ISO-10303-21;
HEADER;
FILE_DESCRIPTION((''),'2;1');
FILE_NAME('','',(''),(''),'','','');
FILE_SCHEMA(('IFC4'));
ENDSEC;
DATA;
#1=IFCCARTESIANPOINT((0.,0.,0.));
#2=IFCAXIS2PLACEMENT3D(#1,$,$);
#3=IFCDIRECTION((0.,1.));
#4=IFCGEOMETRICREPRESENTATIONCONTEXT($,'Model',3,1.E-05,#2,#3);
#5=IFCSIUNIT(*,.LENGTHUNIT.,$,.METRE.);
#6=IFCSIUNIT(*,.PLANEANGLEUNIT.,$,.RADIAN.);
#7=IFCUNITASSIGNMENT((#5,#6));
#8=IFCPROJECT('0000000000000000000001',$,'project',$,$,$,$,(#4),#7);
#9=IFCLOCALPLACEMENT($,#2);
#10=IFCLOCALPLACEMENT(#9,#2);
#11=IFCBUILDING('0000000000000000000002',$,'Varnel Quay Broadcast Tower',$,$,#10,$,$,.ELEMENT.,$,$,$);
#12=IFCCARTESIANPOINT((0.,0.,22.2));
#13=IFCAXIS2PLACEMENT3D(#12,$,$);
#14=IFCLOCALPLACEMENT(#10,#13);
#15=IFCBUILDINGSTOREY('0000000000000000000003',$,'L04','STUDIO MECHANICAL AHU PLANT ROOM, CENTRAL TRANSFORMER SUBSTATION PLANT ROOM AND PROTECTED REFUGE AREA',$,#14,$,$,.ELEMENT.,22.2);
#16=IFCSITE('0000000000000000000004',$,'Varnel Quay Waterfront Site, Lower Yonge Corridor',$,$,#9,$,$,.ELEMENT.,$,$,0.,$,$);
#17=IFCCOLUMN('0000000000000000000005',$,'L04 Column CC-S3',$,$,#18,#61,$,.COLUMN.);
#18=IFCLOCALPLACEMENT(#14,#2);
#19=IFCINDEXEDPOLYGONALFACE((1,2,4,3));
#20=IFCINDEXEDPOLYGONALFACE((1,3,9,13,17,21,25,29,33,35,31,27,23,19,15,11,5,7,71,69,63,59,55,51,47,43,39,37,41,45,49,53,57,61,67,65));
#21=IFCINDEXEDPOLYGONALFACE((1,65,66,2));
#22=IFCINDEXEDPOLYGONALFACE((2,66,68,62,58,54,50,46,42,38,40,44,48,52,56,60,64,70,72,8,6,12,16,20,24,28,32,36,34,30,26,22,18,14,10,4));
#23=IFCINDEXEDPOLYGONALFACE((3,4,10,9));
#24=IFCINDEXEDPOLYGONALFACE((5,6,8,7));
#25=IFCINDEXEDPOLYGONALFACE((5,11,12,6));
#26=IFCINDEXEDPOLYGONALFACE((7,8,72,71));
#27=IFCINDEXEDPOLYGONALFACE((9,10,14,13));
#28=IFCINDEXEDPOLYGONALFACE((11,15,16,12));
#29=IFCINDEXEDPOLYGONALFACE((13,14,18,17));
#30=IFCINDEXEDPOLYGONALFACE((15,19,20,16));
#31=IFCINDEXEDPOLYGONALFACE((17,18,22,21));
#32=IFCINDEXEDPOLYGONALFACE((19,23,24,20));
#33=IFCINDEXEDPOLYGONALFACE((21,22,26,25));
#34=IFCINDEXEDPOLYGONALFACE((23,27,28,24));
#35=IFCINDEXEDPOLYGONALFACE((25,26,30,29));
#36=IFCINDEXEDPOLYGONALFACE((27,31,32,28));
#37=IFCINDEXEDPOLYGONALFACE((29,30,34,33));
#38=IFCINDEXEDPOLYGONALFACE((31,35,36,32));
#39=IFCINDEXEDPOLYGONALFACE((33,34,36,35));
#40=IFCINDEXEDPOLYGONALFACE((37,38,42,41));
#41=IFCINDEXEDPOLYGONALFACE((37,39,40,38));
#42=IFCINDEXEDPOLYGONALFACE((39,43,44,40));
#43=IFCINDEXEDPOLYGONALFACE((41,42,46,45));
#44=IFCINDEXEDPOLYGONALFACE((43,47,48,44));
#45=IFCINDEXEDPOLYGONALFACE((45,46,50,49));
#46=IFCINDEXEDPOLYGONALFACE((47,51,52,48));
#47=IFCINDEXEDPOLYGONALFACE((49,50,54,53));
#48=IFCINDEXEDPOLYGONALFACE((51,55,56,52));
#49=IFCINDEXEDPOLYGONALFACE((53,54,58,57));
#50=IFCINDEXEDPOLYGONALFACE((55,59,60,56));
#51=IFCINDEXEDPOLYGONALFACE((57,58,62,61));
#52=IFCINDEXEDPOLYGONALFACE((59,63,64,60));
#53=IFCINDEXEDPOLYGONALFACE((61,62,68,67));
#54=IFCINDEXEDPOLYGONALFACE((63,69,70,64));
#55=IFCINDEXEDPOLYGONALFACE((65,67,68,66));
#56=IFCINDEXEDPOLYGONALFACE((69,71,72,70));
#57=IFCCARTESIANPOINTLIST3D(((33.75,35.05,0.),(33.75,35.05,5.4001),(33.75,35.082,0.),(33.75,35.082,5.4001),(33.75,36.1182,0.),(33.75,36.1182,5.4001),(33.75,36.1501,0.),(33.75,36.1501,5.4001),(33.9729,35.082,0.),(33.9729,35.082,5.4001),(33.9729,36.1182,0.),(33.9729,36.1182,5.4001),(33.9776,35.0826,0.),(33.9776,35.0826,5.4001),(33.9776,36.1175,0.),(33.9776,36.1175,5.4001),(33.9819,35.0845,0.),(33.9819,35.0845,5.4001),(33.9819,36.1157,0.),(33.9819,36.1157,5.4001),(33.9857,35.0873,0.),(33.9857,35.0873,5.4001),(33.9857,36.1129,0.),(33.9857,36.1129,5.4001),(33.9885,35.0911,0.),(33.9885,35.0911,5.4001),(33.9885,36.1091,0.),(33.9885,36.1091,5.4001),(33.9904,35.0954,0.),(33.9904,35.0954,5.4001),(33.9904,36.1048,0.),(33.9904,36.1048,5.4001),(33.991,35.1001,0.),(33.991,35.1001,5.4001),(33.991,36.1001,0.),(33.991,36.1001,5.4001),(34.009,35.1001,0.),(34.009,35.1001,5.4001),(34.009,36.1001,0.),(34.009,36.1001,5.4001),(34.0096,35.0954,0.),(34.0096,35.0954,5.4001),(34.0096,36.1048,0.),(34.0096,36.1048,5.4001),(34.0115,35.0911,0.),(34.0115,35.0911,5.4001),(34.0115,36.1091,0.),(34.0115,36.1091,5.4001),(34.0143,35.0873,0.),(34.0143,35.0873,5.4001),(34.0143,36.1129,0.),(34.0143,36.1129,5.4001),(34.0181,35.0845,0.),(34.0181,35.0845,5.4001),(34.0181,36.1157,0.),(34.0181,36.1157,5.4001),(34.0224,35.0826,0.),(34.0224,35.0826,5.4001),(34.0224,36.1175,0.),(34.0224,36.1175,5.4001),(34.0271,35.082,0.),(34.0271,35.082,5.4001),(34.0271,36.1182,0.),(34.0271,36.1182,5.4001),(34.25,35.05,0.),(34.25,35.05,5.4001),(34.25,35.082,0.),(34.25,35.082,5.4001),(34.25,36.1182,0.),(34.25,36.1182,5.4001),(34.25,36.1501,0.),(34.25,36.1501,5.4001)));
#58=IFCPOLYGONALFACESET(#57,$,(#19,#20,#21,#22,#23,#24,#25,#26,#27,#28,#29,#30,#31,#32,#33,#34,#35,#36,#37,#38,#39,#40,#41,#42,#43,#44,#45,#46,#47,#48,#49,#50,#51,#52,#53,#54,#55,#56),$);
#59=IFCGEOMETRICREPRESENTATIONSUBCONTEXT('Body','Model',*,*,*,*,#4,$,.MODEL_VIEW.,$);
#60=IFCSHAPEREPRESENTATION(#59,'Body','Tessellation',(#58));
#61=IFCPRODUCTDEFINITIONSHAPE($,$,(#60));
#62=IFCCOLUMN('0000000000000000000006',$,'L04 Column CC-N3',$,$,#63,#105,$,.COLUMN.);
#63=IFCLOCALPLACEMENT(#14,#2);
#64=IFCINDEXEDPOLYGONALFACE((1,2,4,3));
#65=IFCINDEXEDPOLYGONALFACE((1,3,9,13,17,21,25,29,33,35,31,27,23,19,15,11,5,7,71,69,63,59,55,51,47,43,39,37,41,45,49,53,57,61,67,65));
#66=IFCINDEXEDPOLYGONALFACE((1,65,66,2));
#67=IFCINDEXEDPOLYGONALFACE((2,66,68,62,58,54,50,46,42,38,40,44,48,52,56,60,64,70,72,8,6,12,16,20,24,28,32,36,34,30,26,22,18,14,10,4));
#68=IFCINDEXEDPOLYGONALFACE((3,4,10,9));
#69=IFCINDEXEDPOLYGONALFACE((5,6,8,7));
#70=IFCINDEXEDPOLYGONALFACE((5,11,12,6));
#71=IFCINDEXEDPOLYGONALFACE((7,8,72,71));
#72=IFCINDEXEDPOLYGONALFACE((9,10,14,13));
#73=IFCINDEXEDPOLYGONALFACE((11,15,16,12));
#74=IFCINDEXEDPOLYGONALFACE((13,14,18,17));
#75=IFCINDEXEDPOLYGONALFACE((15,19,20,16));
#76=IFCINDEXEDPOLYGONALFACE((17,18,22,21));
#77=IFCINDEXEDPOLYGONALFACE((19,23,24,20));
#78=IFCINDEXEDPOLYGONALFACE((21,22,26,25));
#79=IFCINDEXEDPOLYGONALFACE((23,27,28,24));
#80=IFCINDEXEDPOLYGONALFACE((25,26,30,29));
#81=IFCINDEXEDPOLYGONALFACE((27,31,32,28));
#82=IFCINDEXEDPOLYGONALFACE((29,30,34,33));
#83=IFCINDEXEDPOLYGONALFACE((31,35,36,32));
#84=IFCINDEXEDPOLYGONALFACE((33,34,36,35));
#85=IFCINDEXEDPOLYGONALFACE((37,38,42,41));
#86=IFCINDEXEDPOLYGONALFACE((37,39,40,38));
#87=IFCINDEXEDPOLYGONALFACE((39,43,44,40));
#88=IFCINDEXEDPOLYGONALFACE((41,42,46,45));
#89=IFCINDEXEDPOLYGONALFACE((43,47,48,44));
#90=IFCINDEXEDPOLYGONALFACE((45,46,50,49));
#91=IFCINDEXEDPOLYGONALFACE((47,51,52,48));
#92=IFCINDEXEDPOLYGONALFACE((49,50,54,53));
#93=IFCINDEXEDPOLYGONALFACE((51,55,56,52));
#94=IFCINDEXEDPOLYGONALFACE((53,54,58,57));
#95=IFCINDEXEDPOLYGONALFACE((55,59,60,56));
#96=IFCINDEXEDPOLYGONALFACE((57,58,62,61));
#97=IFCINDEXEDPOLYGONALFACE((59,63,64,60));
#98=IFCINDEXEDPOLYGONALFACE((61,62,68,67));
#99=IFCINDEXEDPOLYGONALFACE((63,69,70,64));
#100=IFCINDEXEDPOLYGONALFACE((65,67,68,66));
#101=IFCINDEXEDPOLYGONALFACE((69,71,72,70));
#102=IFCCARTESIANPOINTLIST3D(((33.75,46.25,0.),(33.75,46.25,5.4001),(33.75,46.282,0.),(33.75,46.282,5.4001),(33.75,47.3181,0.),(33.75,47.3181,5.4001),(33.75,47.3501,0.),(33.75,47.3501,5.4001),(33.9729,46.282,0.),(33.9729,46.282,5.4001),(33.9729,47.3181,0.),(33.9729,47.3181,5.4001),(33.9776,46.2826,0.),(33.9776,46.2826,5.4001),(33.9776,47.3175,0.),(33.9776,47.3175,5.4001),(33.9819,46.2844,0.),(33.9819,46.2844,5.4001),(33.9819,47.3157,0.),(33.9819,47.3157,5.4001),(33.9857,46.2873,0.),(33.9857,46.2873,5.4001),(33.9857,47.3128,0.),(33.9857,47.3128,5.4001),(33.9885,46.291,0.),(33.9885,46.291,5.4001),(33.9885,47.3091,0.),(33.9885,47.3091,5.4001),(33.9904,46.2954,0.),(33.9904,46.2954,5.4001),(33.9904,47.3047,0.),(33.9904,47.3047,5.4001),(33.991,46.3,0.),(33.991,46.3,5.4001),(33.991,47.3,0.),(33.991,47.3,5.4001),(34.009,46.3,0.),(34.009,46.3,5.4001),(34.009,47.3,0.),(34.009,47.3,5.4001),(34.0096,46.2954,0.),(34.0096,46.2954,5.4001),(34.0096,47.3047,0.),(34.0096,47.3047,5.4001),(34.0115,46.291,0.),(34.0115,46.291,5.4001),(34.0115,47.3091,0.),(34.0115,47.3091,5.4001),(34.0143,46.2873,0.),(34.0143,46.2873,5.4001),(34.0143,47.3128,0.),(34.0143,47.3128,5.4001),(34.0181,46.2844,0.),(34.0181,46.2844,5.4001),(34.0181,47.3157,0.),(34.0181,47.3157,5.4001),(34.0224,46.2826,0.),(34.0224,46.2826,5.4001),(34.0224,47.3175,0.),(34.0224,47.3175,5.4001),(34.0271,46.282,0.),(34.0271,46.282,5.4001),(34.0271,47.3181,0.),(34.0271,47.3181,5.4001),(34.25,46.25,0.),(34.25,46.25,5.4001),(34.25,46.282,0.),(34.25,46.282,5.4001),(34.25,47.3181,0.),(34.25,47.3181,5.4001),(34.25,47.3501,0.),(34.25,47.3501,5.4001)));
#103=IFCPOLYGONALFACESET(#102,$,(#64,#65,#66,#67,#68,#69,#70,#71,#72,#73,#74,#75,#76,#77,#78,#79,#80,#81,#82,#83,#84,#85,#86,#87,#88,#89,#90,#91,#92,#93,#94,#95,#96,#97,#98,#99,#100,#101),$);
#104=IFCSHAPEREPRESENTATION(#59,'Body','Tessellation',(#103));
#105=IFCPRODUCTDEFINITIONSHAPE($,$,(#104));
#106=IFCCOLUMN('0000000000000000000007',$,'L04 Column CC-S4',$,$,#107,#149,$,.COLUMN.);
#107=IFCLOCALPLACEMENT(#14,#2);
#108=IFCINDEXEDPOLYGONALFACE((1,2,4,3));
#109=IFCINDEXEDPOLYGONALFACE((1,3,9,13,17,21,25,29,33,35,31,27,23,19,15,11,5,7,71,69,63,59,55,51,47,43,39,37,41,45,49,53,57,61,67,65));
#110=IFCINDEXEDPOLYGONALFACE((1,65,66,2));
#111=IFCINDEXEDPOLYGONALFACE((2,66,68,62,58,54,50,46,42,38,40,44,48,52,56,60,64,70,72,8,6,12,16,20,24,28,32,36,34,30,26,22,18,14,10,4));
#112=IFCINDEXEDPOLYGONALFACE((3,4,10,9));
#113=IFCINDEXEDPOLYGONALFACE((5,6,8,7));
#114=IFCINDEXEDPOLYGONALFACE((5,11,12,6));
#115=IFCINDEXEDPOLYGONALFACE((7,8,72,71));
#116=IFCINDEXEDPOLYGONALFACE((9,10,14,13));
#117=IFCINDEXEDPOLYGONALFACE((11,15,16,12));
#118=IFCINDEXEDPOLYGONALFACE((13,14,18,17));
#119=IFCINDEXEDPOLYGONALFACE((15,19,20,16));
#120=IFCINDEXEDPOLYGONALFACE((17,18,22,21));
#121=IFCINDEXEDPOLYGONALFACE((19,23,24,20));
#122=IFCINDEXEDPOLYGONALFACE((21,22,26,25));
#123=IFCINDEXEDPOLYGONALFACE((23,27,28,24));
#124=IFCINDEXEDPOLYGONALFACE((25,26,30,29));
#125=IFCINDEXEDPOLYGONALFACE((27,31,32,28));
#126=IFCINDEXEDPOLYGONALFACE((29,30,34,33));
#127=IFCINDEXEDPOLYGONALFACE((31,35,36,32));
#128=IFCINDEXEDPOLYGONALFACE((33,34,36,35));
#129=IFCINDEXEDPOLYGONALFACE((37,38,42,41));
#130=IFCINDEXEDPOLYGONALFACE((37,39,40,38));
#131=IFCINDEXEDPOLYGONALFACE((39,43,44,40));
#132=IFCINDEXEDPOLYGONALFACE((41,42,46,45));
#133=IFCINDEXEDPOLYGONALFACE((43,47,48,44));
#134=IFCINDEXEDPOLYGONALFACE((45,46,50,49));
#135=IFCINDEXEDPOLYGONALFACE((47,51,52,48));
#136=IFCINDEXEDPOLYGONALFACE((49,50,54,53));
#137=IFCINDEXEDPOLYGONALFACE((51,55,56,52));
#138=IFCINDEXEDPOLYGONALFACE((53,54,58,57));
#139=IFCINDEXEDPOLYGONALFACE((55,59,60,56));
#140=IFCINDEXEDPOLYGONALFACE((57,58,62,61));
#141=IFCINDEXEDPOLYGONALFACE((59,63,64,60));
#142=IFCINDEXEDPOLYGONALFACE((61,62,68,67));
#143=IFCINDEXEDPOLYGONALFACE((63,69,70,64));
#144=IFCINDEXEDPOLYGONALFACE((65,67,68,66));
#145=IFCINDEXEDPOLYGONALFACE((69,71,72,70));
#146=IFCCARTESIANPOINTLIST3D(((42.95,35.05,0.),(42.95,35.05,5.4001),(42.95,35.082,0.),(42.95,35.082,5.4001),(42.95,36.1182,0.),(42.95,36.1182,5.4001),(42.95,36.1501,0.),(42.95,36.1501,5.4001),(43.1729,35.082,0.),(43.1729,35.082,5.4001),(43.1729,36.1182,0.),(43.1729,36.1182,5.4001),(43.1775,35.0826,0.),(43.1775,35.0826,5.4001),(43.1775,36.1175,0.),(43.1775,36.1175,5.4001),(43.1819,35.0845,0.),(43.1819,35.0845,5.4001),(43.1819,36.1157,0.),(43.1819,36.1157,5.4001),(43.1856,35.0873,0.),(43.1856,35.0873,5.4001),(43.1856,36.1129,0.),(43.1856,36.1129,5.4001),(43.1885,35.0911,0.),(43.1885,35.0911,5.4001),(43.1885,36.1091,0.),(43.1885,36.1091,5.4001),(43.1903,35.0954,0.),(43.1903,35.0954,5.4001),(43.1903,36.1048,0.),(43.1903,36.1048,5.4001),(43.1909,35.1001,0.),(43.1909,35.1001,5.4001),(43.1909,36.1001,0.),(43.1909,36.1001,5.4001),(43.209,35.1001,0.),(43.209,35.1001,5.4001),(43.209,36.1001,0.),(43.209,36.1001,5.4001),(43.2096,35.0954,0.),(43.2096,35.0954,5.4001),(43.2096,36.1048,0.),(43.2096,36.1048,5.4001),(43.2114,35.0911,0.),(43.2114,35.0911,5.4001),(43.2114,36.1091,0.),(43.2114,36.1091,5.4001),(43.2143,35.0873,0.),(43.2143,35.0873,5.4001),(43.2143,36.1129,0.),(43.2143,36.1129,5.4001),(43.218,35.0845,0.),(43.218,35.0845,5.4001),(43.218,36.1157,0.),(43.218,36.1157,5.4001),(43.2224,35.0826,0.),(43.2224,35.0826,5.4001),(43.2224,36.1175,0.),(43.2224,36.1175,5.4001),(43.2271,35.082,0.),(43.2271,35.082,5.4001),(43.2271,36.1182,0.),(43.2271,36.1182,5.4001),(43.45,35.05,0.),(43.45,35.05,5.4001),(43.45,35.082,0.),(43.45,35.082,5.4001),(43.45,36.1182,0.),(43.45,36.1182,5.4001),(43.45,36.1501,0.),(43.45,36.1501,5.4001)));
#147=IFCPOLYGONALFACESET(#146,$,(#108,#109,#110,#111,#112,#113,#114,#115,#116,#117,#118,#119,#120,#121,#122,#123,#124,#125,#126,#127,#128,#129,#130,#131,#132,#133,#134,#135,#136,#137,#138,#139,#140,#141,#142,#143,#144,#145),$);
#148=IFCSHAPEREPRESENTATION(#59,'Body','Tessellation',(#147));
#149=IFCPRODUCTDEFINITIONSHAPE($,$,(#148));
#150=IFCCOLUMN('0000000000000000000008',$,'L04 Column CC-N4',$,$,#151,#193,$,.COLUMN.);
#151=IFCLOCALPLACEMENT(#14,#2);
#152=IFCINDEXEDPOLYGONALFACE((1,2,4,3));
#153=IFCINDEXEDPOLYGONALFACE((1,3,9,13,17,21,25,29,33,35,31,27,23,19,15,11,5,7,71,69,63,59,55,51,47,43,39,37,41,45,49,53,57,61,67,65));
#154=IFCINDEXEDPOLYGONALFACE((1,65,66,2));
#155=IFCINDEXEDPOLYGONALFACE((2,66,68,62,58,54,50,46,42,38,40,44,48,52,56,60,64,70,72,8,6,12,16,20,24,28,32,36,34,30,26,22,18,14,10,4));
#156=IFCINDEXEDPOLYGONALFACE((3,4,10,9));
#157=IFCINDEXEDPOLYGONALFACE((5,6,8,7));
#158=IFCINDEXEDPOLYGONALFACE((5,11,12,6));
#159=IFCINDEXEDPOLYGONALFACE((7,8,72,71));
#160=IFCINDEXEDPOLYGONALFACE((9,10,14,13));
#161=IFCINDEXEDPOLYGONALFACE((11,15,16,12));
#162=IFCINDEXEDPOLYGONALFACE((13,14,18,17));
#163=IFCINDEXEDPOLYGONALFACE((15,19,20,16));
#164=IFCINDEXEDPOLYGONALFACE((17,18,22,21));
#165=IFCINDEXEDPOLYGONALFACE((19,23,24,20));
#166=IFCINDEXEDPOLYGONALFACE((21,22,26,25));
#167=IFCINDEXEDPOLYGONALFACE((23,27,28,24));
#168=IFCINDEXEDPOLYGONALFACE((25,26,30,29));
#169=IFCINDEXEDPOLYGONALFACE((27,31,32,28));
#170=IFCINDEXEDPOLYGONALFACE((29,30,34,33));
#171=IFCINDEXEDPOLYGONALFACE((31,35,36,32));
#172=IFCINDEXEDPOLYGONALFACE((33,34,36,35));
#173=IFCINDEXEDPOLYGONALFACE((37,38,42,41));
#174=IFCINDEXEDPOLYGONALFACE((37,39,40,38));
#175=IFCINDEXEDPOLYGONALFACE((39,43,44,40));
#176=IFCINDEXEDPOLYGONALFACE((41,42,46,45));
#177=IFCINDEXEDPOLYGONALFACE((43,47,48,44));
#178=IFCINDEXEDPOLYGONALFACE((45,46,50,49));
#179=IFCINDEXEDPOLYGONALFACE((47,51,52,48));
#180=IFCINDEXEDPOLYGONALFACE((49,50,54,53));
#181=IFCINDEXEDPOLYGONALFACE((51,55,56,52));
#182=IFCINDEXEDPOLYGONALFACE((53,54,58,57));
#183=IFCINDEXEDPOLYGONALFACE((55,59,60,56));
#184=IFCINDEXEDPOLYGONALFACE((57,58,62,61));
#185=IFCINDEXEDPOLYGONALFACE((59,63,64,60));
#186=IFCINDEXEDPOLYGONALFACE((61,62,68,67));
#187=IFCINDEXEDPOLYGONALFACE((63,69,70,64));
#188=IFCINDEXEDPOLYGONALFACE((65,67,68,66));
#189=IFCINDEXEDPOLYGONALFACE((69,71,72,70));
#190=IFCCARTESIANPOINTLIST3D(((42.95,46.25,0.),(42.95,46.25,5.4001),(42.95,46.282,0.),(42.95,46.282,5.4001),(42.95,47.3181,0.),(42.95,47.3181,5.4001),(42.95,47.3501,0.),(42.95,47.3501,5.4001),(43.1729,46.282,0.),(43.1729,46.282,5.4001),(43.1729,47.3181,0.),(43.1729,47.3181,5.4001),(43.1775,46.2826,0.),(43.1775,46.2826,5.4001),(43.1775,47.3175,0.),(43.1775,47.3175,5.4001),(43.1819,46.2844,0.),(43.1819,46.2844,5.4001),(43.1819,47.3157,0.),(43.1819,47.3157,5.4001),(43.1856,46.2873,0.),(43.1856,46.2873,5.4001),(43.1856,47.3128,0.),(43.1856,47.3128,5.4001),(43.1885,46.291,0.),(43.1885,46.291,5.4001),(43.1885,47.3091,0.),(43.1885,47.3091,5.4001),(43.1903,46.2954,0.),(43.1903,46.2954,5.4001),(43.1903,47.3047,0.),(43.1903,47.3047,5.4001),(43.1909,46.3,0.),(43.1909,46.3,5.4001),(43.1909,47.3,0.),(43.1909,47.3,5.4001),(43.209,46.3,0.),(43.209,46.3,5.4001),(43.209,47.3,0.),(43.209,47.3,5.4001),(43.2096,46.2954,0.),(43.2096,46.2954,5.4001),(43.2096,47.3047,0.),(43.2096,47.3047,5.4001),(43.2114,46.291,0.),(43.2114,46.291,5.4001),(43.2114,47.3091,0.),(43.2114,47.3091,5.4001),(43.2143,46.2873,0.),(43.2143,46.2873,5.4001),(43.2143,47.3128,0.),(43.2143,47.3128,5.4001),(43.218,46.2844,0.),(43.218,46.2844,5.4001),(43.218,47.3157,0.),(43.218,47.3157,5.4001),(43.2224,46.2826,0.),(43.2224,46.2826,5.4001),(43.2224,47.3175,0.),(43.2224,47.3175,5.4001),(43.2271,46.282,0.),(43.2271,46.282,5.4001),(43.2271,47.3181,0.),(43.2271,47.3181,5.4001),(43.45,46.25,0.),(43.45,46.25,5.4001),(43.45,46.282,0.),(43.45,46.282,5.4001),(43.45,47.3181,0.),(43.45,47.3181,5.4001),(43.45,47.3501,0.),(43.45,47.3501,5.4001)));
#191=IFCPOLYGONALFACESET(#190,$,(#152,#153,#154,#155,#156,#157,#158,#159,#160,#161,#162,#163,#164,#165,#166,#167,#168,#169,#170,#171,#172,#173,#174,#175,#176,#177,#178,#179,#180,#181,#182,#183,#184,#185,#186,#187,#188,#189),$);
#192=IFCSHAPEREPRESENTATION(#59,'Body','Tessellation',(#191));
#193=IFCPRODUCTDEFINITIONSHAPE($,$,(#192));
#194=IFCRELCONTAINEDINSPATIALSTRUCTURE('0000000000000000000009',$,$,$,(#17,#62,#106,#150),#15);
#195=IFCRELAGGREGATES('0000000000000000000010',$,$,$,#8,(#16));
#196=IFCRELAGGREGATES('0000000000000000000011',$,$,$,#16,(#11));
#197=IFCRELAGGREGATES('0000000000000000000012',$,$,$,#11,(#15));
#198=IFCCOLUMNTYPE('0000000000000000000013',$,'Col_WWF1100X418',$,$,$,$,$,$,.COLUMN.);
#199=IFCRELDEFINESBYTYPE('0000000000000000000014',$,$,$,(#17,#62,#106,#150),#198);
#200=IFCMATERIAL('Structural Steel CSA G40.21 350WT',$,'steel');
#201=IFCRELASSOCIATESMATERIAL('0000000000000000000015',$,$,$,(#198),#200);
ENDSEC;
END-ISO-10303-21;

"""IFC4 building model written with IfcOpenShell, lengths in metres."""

from ifc_helpers import new_model, si_unit, direction, frame, origin, origin_2d, place, context, subcontext, project, spatial, i_section, extrude, source, transform, mapped, material, material_profile, profile_set, type_object, type_shapes, element, save


model = new_model("IFC4")

# Units and contexts
model_context = context("Model", 3, precision=1e-05, world=origin(), true_north=direction((0.0, 1.0)))
body_context = subcontext(model_context, "Body", "Model", "MODEL_VIEW")
ifc_project = project(units=[si_unit("LENGTHUNIT", "METRE"), si_unit("PLANEANGLEUNIT", "RADIAN")], contexts=[model_context])

# Site, building, storey
site_placement = place(None, origin())
site = spatial("IfcSite", under=ifc_project, at=site_placement, Name="Varnel Quay Waterfront Site, Lower Yonge Corridor", CompositionType="ELEMENT", RefElevation=0.0)
building_placement = place(site_placement, origin())
building = spatial("IfcBuilding", under=site, at=building_placement, Name="Varnel Quay Broadcast Tower", CompositionType="ELEMENT")
storey_placement = place(building_placement, frame((0.0, 0.0, 22.2)))
storey = spatial("IfcBuildingStorey", under=building, at=storey_placement, Name="L04", Description="STUDIO MECHANICAL AHU PLANT ROOM, CENTRAL TRANSFORMER SUBSTATION PLANT ROOM AND PROTECTED REFUGE AREA", CompositionType="ELEMENT", Elevation=22.2)

# Columns
ifc_material_1 = material(Name="Structural Steel CSA G40.21 350WT", Category="steel")
ifc_material_profile_1 = material_profile(ifc_material_1, i_section(OverallWidth=0.5, OverallDepth=1.1001, WebThickness=0.0181, FlangeThickness=0.032, FilletRadius=0.0181, at=origin_2d()), Name="WWF1100X418")
ifc_profile_set_1 = profile_set([ifc_material_profile_1], Name="Structural Steel CSA G40.21 350WT")
column_type = type_object("IfcColumnType", Name="Col_WWF1100X418", PredefinedType="COLUMN", material=ifc_profile_set_1)
shared_shape_1 = source(origin(), body_context, "Body", "SweptSolid", [
    extrude(i_section(OverallWidth=0.5, OverallDepth=1.1001, WebThickness=0.0181, FlangeThickness=0.032, FilletRadius=0.0181, at=origin_2d()), origin(), (0.0, 0.0, 1.0), 5.4001),
])
type_shapes(column_type, [shared_shape_1])
for number, where, z_axis, x_axis, name in (
    (1, (34.0, 35.6001, 0.0), (0.0, 0.0, 1.0), (1.0, 0.0, 0.0), "L04 Column CC-S3"),
    (2, (34.0, 46.8, 0.0), (0.0, 0.0, 1.0), (1.0, 0.0, 0.0), "L04 Column CC-N3"),
    (3, (43.2, 35.6001, 0.0), (0.0, 0.0, 1.0), (1.0, 0.0, 0.0), "L04 Column CC-S4"),
    (4, (43.2, 46.8, 0.0), (0.0, 0.0, 1.0), (1.0, 0.0, 0.0), "L04 Column CC-N4"),
):
    element("IfcColumn", number, at=place(storey_placement, frame(where, z_axis=z_axis, x_axis=x_axis)), inside=storey, type_object=column_type, Name=name, PredefinedType="COLUMN", context=body_context, shape_type="MappedRepresentation", body=[
        mapped(shared_shape_1, transform((0.0, 0.0, 0.0), x_axis=(1.0, 0.0, 0.0), y_axis=(0.0, 1.0, 0.0), z_axis=(0.0, 0.0, 1.0), scale=1.0)),
    ])

save(model, "model.ifc")
